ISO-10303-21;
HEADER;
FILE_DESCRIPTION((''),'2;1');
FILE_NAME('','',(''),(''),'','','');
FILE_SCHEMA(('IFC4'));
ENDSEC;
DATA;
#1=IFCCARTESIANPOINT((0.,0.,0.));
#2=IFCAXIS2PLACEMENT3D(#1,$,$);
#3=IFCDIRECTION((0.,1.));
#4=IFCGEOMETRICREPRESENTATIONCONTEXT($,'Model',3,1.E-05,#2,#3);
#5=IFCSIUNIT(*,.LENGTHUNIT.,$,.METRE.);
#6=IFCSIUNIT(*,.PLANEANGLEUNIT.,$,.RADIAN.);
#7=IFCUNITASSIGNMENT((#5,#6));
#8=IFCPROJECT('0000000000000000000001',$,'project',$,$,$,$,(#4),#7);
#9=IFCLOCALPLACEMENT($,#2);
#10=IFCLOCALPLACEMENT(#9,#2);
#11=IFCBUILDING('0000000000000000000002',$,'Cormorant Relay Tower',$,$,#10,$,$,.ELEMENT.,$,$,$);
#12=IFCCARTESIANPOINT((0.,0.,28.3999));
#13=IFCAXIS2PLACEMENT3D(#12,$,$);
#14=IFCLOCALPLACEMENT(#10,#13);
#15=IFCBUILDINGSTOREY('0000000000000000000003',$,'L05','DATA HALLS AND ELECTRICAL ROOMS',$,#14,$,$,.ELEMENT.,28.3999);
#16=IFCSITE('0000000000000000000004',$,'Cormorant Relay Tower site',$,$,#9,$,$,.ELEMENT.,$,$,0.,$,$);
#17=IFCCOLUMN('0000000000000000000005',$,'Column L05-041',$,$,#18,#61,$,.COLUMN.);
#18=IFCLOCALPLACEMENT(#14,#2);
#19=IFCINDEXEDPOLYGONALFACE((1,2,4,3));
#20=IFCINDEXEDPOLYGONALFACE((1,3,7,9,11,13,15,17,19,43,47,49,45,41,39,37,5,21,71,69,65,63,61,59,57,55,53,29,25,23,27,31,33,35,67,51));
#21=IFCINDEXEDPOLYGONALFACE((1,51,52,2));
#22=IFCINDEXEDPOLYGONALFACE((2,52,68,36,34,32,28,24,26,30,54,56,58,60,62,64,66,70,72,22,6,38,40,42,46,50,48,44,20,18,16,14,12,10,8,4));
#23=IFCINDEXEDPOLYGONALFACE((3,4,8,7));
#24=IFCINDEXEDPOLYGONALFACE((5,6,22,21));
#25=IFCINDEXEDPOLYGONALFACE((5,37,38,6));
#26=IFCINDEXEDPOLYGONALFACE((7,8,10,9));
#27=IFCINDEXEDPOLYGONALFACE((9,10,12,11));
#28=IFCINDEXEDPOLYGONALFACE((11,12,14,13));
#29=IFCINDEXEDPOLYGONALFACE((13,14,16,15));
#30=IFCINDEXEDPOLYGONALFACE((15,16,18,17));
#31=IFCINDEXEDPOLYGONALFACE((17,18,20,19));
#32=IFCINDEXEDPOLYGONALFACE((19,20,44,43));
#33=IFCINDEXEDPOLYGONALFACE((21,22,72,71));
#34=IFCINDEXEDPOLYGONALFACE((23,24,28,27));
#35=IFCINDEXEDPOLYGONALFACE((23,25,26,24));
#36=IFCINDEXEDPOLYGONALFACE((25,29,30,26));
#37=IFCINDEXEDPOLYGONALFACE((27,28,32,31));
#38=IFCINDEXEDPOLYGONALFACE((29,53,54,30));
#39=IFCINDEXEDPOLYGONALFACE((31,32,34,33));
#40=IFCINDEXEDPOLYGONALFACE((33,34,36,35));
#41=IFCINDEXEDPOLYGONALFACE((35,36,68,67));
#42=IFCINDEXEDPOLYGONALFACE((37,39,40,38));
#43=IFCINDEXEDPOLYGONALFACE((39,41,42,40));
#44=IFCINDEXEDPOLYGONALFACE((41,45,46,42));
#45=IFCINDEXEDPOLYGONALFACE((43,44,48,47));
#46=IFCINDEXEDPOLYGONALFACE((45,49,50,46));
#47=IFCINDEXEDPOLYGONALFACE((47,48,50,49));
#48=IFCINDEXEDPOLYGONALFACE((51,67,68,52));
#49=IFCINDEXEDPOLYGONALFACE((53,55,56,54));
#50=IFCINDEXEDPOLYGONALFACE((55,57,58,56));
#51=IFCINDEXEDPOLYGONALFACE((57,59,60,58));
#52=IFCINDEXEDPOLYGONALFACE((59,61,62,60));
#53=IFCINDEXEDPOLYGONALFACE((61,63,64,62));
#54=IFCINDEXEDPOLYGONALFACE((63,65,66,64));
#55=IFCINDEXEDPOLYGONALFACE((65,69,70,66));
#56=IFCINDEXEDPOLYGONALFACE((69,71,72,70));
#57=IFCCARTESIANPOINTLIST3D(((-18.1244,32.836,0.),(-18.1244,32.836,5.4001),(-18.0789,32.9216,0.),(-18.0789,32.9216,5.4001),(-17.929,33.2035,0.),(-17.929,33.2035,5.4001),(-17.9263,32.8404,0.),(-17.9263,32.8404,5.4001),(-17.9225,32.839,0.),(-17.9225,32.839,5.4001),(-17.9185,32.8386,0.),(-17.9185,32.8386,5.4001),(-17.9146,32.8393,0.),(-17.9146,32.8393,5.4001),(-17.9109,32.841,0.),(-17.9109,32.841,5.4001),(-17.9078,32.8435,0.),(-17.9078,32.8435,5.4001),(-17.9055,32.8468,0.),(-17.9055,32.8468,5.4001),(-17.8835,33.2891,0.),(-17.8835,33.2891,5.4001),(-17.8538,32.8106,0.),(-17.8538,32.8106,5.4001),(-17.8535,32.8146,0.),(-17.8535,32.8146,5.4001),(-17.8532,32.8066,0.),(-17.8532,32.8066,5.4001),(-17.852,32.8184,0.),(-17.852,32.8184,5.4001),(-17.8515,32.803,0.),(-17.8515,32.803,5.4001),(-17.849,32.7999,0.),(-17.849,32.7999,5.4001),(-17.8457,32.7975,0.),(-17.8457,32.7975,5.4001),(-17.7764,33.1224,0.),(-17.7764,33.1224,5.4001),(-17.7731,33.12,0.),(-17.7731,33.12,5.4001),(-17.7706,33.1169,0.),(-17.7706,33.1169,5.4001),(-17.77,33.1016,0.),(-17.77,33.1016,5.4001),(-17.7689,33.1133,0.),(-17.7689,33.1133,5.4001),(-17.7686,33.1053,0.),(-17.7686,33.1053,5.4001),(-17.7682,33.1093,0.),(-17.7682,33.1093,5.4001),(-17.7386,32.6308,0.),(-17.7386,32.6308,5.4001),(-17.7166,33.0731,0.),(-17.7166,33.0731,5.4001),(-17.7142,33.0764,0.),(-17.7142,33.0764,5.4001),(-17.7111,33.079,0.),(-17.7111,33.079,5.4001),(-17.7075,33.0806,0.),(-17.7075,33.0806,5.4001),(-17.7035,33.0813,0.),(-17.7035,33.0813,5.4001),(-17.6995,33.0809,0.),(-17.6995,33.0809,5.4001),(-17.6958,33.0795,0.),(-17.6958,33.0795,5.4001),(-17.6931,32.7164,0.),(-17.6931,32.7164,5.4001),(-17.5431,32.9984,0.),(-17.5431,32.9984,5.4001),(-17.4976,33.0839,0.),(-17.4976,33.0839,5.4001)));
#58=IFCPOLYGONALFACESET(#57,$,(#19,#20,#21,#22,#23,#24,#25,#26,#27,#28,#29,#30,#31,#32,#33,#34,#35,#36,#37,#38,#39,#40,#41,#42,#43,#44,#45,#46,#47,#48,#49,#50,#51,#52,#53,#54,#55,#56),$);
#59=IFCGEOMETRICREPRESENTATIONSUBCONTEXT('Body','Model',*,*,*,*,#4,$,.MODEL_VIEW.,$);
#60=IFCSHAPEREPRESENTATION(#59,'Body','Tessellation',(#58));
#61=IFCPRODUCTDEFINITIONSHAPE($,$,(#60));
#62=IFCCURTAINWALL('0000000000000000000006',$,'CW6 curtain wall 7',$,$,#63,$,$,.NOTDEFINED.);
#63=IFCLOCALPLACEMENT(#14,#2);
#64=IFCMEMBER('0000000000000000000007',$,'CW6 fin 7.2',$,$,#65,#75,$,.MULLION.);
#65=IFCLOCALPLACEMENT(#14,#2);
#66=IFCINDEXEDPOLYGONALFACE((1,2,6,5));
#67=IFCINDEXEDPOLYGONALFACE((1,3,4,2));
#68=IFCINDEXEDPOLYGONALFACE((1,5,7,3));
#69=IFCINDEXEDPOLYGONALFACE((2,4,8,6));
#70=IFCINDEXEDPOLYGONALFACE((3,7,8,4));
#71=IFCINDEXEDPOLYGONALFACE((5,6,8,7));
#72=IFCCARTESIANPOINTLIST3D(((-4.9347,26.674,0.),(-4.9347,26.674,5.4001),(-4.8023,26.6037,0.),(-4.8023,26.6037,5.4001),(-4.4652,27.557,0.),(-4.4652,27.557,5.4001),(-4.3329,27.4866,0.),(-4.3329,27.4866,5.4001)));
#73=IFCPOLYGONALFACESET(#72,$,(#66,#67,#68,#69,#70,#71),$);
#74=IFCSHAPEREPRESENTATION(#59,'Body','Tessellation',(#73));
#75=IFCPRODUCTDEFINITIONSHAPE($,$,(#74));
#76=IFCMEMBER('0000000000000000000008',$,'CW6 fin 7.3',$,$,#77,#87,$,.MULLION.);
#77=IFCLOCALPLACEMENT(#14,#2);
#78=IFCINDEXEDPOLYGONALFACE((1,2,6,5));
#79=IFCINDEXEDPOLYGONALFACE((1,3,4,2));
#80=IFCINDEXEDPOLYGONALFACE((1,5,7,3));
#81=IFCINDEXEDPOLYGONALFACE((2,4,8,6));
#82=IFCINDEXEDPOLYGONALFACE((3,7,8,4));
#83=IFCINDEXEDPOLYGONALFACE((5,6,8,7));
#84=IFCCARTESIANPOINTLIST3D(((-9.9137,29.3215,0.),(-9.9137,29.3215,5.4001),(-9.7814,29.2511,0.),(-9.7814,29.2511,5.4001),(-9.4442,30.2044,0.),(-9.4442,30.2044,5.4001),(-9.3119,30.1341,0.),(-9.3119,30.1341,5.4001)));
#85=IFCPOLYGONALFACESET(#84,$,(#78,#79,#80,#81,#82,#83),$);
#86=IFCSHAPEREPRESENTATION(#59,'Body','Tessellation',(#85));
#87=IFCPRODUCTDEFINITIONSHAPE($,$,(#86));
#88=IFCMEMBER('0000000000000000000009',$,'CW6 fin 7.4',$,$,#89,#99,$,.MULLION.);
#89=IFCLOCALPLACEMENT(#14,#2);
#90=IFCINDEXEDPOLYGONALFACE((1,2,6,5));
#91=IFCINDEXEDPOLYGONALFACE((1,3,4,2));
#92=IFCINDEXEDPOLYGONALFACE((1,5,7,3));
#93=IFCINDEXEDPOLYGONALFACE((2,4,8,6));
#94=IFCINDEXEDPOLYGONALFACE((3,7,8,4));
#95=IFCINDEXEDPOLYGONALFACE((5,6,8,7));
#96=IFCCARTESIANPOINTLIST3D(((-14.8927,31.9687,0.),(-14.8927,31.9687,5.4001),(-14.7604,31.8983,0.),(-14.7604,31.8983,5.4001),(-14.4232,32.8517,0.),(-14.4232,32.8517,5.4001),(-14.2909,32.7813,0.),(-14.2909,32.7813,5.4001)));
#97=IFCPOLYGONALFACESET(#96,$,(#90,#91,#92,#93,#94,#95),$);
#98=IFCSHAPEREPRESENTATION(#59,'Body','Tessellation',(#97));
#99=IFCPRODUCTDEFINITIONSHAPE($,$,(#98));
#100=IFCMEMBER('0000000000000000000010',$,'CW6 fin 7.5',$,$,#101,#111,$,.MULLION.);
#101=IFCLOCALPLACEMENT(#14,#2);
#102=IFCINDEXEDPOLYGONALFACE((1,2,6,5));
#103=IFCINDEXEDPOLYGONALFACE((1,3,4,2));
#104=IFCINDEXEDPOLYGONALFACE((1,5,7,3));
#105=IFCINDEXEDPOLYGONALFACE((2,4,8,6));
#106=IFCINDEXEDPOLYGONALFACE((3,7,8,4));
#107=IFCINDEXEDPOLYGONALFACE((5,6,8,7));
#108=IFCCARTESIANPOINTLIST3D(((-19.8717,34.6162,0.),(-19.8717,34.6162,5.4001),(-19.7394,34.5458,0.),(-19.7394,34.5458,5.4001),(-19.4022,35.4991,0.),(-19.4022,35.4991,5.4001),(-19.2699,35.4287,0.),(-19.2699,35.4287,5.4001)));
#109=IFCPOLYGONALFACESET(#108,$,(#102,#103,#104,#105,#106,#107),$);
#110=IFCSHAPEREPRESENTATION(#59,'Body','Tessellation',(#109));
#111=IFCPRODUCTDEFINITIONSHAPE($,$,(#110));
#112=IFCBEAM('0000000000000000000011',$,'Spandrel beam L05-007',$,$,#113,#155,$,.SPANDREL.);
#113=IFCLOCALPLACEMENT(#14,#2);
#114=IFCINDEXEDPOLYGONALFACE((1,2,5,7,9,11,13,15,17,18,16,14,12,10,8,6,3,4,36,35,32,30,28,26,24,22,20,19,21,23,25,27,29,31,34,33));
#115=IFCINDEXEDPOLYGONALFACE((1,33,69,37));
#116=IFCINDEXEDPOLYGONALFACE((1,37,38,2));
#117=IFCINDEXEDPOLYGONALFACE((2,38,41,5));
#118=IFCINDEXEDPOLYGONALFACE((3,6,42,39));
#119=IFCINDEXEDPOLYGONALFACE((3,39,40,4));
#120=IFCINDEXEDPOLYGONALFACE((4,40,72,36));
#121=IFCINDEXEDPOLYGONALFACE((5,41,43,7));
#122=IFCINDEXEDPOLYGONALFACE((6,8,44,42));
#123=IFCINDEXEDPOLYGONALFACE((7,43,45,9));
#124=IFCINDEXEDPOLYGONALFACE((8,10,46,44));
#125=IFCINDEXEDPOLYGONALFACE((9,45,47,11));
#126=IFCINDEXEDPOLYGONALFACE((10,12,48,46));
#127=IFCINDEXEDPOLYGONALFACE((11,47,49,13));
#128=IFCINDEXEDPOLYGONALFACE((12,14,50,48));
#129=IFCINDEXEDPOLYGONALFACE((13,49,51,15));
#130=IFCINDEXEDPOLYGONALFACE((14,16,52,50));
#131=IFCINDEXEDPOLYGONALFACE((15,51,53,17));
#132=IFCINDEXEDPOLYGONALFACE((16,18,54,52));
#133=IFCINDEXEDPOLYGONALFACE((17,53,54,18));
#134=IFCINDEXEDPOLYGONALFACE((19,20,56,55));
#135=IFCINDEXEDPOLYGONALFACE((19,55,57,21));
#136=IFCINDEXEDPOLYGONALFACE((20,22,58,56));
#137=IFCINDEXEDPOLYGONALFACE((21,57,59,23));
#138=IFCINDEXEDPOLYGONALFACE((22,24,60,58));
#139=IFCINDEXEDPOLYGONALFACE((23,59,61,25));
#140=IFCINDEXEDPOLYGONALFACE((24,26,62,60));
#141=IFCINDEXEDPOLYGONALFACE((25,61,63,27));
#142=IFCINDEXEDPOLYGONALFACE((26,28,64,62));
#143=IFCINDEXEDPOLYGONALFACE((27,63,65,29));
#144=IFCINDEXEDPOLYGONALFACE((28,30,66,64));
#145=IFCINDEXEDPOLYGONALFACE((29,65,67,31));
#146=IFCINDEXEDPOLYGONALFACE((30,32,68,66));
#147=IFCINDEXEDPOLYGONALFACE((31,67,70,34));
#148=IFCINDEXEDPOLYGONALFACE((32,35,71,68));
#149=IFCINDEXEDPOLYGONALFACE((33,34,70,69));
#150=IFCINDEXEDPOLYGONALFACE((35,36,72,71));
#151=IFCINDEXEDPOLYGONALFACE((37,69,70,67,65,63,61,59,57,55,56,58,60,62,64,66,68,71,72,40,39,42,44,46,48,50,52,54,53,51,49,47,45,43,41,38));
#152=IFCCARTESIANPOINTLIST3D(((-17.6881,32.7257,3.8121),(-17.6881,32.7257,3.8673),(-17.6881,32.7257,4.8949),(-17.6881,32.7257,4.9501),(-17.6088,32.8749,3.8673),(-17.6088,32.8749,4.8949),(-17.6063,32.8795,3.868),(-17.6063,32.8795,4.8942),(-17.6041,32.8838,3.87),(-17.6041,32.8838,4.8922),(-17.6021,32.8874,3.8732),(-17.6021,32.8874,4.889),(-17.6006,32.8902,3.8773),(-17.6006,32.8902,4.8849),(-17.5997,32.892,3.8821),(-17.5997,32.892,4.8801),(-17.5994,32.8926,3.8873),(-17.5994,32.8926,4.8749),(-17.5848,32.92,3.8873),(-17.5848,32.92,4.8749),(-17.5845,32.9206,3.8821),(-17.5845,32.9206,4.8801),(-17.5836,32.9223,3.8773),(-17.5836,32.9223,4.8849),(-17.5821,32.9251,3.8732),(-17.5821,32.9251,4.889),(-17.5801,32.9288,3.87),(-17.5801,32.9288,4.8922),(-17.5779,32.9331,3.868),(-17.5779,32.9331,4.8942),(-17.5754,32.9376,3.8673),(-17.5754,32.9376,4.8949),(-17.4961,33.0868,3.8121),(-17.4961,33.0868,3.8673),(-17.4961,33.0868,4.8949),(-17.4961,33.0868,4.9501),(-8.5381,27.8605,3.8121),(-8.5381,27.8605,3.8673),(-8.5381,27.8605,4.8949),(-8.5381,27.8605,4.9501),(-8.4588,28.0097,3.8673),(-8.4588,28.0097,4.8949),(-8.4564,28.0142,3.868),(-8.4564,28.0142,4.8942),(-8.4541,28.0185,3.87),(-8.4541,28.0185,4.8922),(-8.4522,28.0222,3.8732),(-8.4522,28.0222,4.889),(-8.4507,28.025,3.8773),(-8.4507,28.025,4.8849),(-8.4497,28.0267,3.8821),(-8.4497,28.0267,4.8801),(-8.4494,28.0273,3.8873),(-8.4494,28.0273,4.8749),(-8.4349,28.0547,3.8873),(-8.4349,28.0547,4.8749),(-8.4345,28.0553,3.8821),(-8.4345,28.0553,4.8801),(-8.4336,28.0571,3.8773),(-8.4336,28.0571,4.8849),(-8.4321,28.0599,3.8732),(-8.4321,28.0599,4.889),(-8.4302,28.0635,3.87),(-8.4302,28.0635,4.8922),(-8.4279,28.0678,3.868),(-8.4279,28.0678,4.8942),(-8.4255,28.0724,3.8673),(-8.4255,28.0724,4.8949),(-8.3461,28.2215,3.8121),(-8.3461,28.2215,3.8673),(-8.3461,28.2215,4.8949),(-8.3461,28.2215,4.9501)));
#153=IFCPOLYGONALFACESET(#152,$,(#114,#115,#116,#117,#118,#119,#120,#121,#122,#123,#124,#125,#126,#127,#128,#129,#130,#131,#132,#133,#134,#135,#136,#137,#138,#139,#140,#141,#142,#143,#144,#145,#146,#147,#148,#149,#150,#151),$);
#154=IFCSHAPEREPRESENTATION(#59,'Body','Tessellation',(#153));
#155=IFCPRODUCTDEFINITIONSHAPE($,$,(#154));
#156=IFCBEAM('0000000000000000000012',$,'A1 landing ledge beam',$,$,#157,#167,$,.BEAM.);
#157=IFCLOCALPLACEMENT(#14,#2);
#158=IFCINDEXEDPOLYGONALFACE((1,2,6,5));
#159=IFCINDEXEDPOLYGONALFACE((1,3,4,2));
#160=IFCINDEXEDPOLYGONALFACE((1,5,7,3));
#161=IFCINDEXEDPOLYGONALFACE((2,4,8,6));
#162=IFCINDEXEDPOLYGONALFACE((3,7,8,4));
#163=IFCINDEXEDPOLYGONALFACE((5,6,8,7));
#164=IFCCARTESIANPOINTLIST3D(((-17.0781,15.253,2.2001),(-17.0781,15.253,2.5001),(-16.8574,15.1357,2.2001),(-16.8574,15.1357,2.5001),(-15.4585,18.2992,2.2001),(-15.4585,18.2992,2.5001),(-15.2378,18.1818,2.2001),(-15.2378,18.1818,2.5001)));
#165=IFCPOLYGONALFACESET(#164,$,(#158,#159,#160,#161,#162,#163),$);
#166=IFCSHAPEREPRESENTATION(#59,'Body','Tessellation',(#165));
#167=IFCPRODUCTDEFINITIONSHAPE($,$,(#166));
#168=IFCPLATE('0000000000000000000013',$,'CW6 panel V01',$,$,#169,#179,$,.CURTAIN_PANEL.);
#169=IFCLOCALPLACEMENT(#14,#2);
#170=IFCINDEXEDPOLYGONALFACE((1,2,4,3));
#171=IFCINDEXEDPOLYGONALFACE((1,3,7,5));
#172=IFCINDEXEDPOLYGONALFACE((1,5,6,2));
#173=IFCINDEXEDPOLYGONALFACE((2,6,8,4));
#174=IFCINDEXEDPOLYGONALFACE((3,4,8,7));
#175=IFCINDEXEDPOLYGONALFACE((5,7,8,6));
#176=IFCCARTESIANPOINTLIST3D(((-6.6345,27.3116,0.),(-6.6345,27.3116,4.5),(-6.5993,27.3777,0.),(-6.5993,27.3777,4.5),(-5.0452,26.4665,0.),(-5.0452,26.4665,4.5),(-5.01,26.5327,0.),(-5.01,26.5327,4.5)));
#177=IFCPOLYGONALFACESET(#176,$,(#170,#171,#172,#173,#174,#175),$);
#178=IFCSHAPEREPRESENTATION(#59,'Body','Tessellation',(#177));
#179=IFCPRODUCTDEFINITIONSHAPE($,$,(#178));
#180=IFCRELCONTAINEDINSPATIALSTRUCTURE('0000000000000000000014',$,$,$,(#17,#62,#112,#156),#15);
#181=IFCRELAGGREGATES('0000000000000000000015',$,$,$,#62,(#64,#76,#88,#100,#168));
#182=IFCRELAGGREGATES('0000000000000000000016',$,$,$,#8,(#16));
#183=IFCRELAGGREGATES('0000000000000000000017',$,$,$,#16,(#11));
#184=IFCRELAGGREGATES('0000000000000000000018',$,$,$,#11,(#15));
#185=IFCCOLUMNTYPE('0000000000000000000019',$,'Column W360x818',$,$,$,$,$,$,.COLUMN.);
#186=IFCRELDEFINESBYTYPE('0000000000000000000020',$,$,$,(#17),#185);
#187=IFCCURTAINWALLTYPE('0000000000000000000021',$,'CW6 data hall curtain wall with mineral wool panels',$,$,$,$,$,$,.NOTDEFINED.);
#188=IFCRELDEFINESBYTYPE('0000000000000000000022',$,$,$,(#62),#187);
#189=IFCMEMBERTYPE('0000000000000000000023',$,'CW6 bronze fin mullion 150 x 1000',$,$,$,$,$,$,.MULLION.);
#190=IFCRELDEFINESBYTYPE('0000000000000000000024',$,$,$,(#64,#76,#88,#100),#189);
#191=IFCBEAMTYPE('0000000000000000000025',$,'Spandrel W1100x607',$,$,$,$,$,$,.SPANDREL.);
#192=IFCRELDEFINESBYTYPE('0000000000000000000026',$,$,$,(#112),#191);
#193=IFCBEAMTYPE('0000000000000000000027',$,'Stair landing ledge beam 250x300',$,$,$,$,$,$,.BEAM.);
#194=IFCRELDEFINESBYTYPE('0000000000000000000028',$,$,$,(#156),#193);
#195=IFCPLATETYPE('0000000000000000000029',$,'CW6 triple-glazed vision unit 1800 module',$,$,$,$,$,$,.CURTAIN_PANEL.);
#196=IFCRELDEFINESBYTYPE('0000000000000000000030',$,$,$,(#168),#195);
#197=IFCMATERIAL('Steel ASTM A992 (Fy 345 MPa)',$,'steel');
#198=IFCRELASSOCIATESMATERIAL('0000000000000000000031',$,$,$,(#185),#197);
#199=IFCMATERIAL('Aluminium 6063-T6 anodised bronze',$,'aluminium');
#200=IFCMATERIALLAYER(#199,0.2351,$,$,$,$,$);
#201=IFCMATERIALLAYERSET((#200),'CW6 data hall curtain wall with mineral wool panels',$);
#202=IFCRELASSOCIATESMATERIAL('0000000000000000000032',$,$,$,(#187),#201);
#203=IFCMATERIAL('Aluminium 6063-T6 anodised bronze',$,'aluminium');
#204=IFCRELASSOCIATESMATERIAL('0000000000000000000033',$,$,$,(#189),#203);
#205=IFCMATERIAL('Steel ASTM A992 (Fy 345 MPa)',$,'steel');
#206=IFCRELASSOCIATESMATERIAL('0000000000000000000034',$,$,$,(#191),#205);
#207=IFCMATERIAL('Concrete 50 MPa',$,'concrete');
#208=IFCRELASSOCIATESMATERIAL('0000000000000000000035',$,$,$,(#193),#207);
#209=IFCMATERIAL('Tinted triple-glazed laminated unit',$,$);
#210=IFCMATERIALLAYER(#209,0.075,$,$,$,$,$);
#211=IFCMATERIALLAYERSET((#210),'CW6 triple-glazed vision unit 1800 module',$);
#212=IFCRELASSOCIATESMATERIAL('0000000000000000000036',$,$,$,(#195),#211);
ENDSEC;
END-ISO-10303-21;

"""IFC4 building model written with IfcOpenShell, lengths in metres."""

from ifc_helpers import new_model, si_unit, direction, frame, origin, origin_2d, place, context, subcontext, project, spatial, rectangle, i_section, extrude, material, layer, layer_set, material_profile, profile_set, type_object, element, aggregate, save


model = new_model("IFC4")

# Units and contexts
model_context = context("Model", 3, precision=1e-05, world=origin(), true_north=direction((0.0, 1.0)))
body_context = subcontext(model_context, "Body", "Model", "MODEL_VIEW")
ifc_project = project(units=[si_unit("LENGTHUNIT", "METRE"), si_unit("PLANEANGLEUNIT", "RADIAN")], contexts=[model_context])

# Site, building, storey
site_placement = place(None, origin())
site = spatial("IfcSite", under=ifc_project, at=site_placement, Name="Cormorant Relay Tower site", CompositionType="ELEMENT", RefElevation=0.0)
building_placement = place(site_placement, origin())
building = spatial("IfcBuilding", under=site, at=building_placement, Name="Cormorant Relay Tower", CompositionType="ELEMENT")
storey_placement = place(building_placement, frame((0.0, 0.0, 28.3999)))
storey = spatial("IfcBuildingStorey", under=building, at=storey_placement, Name="L05", Description="DATA HALLS AND ELECTRICAL ROOMS", CompositionType="ELEMENT", Elevation=28.3999)

# Column
ifc_material_1 = material(Name="Steel ASTM A992 (Fy 345 MPa)", Category="steel")
ifc_material_profile_1 = material_profile(ifc_material_1, i_section(OverallWidth=0.437, OverallDepth=0.5132, WebThickness=0.0605, FlangeThickness=0.0969, FilletRadius=0.0154, at=origin_2d()), Name="W360x818")
ifc_profile_set_1 = profile_set([ifc_material_profile_1], Name="Steel ASTM A992 (Fy 345 MPa)")
column_type_1 = type_object("IfcColumnType", Name="Column W360x818", PredefinedType="COLUMN", material=ifc_profile_set_1)
for number, where, z_axis, x_axis, name in (
    (1, (-17.811, 32.96, 0.0), (0.0, 0.0, 1.0), (-0.882948, 0.469472, 0.0), "Column L05-041"),
):
    element("IfcColumn", number, at=place(storey_placement, frame(where, z_axis=z_axis, x_axis=x_axis)), inside=storey, type_object=column_type_1, Name=name, PredefinedType="COLUMN", context=body_context, shape_type="SweptSolid", body=[
        extrude(i_section(OverallWidth=0.437, OverallDepth=0.5132, WebThickness=0.0605, FlangeThickness=0.0969, FilletRadius=0.0154, at=origin_2d()), origin(), (0.0, 0.0, 1.0), 5.4001),
    ])

# Curtain wall, members
ifc_material_2 = material(Name="Aluminium 6063-T6 anodised bronze", Category="aluminium")
ifc_layer_1 = layer(ifc_material_2, 0.2351)
ifc_layer_set_1 = layer_set([ifc_layer_1], Name="CW6 data hall curtain wall with mineral wool panels")
curtain_wall_type = type_object("IfcCurtainWallType", Name="CW6 data hall curtain wall with mineral wool panels", PredefinedType="NOTDEFINED", material=ifc_layer_set_1)
curtain_wall_placement = place(storey_placement, origin())
curtain_wall = element("IfcCurtainWall", 2, at=curtain_wall_placement, inside=storey, type_object=curtain_wall_type, Name="CW6 curtain wall 7", PredefinedType="NOTDEFINED")
ifc_material_3 = material(Name="Aluminium 6063-T6 anodised bronze", Category="aluminium")
ifc_material_profile_2 = material_profile(ifc_material_3, rectangle(XDim=0.1499, YDim=1.0, at=origin_2d()), Name="AL 150x1000")
ifc_profile_set_2 = profile_set([ifc_material_profile_2], Name="Aluminium 6063-T6 anodised bronze")
member_type = type_object("IfcMemberType", Name="CW6 bronze fin mullion 150 x 1000", PredefinedType="MULLION", material=ifc_profile_set_2)
member_1_placement = place(storey_placement, frame((-4.6338, 27.0803, 0.0), z_axis=(0.0, 0.0, 1.0), x_axis=(-0.882948, 0.469472, 0.0)))
member_1 = element("IfcMember", 3, at=member_1_placement, type_object=member_type, Name="CW6 fin 7.2", PredefinedType="MULLION", context=body_context, shape_type="SweptSolid", body=[
    extrude(rectangle(XDim=0.1499, YDim=1.0, at=origin_2d()), origin(), (0.0, 0.0, 1.0), 5.4001),
])
member_2_placement = place(storey_placement, frame((-9.6128, 29.7278, 0.0), z_axis=(0.0, 0.0, 1.0), x_axis=(-0.882948, 0.469472, 0.0)))
member_2 = element("IfcMember", 4, at=member_2_placement, type_object=member_type, Name="CW6 fin 7.3", PredefinedType="MULLION", context=body_context, shape_type="SweptSolid", body=[
    extrude(rectangle(XDim=0.1499, YDim=1.0, at=origin_2d()), origin(), (0.0, 0.0, 1.0), 5.4001),
])
member_3_placement = place(storey_placement, frame((-14.5918, 32.375, 0.0), z_axis=(0.0, 0.0, 1.0), x_axis=(-0.882948, 0.469472, 0.0)))
member_3 = element("IfcMember", 5, at=member_3_placement, type_object=member_type, Name="CW6 fin 7.4", PredefinedType="MULLION", context=body_context, shape_type="SweptSolid", body=[
    extrude(rectangle(XDim=0.1499, YDim=1.0, at=origin_2d()), origin(), (0.0, 0.0, 1.0), 5.4001),
])
member_4_placement = place(storey_placement, frame((-19.5708, 35.0225, 0.0), z_axis=(0.0, 0.0, 1.0), x_axis=(-0.882948, 0.469472, 0.0)))
member_4 = element("IfcMember", 6, at=member_4_placement, type_object=member_type, Name="CW6 fin 7.5", PredefinedType="MULLION", context=body_context, shape_type="SweptSolid", body=[
    extrude(rectangle(XDim=0.1499, YDim=1.0, at=origin_2d()), origin(), (0.0, 0.0, 1.0), 5.4001),
])

# Beams
ifc_material_4 = material(Name="Steel ASTM A992 (Fy 345 MPa)", Category="steel")
ifc_material_profile_3 = material_profile(ifc_material_4, i_section(OverallWidth=0.4089, OverallDepth=1.1379, WebThickness=0.031, FlangeThickness=0.0552, FilletRadius=0.02, at=origin_2d()), Name="W1100x607")
ifc_profile_set_3 = profile_set([ifc_material_profile_3], Name="Steel ASTM A992 (Fy 345 MPa)")
beam_type_1 = type_object("IfcBeamType", Name="Spandrel W1100x607", PredefinedType="SPANDREL", material=ifc_profile_set_3)
beam_1_placement = place(storey_placement, frame((-8.4421, 28.041, 4.3811), z_axis=(-0.882942, 0.469482, 0.0), x_axis=(-0.469482, -0.882942, 0.0)))
element("IfcBeam", 7, at=beam_1_placement, inside=storey, type_object=beam_type_1, Name="Spandrel beam L05-007", PredefinedType="SPANDREL", context=body_context, shape_type="SweptSolid", body=[
    extrude(i_section(OverallWidth=0.4089, OverallDepth=1.1379, WebThickness=0.031, FlangeThickness=0.0552, FilletRadius=0.02, at=origin_2d()), origin(), (0.0, 0.0, 1.0), 10.363),
])
ifc_material_5 = material(Name="Concrete 50 MPa", Category="concrete")
ifc_material_profile_4 = material_profile(ifc_material_5, rectangle(XDim=0.25, YDim=0.3, at=origin_2d()), Name="RC 250x300")
ifc_profile_set_4 = profile_set([ifc_material_profile_4], Name="Concrete 50 MPa")
beam_type_2 = type_object("IfcBeamType", Name="Stair landing ledge beam 250x300", PredefinedType="BEAM", material=ifc_profile_set_4)
beam_2_placement = place(storey_placement, frame((-16.9678, 15.1943, 2.3501), z_axis=(0.469464, 0.882952, 0.0), x_axis=(-0.882952, 0.469464, 0.0)))
element("IfcBeam", 8, at=beam_2_placement, inside=storey, type_object=beam_type_2, Name="A1 landing ledge beam", PredefinedType="BEAM", context=body_context, shape_type="SweptSolid", body=[
    extrude(rectangle(XDim=0.25, YDim=0.3, at=origin_2d()), origin(), (0.0, 0.0, 1.0), 3.45),
])

# Plate
ifc_material_6 = material(Name="Tinted triple-glazed laminated unit")
ifc_layer_2 = layer(ifc_material_6, 0.075)
ifc_layer_set_2 = layer_set([ifc_layer_2], Name="CW6 triple-glazed vision unit 1800 module")
plate_type = type_object("IfcPlateType", Name="CW6 triple-glazed vision unit 1800 module", PredefinedType="CURTAIN_PANEL", material=ifc_layer_set_2)
plate_placement = place(storey_placement, frame((-5.8223, 26.9221, 0.0), z_axis=(0.0, 0.0, 1.0), x_axis=(-0.882948, 0.469472, 0.0)))
plate = element("IfcPlate", 9, at=plate_placement, type_object=plate_type, Name="CW6 panel V01", PredefinedType="CURTAIN_PANEL", context=body_context, shape_type="SweptSolid", body=[
    extrude(rectangle(XDim=1.8, YDim=0.075, at=origin_2d()), origin(), (0.0, 0.0, 1.0), 4.5),
])

aggregate(curtain_wall, [member_1, member_2, member_3, member_4, plate])

save(model, "model.ifc")
